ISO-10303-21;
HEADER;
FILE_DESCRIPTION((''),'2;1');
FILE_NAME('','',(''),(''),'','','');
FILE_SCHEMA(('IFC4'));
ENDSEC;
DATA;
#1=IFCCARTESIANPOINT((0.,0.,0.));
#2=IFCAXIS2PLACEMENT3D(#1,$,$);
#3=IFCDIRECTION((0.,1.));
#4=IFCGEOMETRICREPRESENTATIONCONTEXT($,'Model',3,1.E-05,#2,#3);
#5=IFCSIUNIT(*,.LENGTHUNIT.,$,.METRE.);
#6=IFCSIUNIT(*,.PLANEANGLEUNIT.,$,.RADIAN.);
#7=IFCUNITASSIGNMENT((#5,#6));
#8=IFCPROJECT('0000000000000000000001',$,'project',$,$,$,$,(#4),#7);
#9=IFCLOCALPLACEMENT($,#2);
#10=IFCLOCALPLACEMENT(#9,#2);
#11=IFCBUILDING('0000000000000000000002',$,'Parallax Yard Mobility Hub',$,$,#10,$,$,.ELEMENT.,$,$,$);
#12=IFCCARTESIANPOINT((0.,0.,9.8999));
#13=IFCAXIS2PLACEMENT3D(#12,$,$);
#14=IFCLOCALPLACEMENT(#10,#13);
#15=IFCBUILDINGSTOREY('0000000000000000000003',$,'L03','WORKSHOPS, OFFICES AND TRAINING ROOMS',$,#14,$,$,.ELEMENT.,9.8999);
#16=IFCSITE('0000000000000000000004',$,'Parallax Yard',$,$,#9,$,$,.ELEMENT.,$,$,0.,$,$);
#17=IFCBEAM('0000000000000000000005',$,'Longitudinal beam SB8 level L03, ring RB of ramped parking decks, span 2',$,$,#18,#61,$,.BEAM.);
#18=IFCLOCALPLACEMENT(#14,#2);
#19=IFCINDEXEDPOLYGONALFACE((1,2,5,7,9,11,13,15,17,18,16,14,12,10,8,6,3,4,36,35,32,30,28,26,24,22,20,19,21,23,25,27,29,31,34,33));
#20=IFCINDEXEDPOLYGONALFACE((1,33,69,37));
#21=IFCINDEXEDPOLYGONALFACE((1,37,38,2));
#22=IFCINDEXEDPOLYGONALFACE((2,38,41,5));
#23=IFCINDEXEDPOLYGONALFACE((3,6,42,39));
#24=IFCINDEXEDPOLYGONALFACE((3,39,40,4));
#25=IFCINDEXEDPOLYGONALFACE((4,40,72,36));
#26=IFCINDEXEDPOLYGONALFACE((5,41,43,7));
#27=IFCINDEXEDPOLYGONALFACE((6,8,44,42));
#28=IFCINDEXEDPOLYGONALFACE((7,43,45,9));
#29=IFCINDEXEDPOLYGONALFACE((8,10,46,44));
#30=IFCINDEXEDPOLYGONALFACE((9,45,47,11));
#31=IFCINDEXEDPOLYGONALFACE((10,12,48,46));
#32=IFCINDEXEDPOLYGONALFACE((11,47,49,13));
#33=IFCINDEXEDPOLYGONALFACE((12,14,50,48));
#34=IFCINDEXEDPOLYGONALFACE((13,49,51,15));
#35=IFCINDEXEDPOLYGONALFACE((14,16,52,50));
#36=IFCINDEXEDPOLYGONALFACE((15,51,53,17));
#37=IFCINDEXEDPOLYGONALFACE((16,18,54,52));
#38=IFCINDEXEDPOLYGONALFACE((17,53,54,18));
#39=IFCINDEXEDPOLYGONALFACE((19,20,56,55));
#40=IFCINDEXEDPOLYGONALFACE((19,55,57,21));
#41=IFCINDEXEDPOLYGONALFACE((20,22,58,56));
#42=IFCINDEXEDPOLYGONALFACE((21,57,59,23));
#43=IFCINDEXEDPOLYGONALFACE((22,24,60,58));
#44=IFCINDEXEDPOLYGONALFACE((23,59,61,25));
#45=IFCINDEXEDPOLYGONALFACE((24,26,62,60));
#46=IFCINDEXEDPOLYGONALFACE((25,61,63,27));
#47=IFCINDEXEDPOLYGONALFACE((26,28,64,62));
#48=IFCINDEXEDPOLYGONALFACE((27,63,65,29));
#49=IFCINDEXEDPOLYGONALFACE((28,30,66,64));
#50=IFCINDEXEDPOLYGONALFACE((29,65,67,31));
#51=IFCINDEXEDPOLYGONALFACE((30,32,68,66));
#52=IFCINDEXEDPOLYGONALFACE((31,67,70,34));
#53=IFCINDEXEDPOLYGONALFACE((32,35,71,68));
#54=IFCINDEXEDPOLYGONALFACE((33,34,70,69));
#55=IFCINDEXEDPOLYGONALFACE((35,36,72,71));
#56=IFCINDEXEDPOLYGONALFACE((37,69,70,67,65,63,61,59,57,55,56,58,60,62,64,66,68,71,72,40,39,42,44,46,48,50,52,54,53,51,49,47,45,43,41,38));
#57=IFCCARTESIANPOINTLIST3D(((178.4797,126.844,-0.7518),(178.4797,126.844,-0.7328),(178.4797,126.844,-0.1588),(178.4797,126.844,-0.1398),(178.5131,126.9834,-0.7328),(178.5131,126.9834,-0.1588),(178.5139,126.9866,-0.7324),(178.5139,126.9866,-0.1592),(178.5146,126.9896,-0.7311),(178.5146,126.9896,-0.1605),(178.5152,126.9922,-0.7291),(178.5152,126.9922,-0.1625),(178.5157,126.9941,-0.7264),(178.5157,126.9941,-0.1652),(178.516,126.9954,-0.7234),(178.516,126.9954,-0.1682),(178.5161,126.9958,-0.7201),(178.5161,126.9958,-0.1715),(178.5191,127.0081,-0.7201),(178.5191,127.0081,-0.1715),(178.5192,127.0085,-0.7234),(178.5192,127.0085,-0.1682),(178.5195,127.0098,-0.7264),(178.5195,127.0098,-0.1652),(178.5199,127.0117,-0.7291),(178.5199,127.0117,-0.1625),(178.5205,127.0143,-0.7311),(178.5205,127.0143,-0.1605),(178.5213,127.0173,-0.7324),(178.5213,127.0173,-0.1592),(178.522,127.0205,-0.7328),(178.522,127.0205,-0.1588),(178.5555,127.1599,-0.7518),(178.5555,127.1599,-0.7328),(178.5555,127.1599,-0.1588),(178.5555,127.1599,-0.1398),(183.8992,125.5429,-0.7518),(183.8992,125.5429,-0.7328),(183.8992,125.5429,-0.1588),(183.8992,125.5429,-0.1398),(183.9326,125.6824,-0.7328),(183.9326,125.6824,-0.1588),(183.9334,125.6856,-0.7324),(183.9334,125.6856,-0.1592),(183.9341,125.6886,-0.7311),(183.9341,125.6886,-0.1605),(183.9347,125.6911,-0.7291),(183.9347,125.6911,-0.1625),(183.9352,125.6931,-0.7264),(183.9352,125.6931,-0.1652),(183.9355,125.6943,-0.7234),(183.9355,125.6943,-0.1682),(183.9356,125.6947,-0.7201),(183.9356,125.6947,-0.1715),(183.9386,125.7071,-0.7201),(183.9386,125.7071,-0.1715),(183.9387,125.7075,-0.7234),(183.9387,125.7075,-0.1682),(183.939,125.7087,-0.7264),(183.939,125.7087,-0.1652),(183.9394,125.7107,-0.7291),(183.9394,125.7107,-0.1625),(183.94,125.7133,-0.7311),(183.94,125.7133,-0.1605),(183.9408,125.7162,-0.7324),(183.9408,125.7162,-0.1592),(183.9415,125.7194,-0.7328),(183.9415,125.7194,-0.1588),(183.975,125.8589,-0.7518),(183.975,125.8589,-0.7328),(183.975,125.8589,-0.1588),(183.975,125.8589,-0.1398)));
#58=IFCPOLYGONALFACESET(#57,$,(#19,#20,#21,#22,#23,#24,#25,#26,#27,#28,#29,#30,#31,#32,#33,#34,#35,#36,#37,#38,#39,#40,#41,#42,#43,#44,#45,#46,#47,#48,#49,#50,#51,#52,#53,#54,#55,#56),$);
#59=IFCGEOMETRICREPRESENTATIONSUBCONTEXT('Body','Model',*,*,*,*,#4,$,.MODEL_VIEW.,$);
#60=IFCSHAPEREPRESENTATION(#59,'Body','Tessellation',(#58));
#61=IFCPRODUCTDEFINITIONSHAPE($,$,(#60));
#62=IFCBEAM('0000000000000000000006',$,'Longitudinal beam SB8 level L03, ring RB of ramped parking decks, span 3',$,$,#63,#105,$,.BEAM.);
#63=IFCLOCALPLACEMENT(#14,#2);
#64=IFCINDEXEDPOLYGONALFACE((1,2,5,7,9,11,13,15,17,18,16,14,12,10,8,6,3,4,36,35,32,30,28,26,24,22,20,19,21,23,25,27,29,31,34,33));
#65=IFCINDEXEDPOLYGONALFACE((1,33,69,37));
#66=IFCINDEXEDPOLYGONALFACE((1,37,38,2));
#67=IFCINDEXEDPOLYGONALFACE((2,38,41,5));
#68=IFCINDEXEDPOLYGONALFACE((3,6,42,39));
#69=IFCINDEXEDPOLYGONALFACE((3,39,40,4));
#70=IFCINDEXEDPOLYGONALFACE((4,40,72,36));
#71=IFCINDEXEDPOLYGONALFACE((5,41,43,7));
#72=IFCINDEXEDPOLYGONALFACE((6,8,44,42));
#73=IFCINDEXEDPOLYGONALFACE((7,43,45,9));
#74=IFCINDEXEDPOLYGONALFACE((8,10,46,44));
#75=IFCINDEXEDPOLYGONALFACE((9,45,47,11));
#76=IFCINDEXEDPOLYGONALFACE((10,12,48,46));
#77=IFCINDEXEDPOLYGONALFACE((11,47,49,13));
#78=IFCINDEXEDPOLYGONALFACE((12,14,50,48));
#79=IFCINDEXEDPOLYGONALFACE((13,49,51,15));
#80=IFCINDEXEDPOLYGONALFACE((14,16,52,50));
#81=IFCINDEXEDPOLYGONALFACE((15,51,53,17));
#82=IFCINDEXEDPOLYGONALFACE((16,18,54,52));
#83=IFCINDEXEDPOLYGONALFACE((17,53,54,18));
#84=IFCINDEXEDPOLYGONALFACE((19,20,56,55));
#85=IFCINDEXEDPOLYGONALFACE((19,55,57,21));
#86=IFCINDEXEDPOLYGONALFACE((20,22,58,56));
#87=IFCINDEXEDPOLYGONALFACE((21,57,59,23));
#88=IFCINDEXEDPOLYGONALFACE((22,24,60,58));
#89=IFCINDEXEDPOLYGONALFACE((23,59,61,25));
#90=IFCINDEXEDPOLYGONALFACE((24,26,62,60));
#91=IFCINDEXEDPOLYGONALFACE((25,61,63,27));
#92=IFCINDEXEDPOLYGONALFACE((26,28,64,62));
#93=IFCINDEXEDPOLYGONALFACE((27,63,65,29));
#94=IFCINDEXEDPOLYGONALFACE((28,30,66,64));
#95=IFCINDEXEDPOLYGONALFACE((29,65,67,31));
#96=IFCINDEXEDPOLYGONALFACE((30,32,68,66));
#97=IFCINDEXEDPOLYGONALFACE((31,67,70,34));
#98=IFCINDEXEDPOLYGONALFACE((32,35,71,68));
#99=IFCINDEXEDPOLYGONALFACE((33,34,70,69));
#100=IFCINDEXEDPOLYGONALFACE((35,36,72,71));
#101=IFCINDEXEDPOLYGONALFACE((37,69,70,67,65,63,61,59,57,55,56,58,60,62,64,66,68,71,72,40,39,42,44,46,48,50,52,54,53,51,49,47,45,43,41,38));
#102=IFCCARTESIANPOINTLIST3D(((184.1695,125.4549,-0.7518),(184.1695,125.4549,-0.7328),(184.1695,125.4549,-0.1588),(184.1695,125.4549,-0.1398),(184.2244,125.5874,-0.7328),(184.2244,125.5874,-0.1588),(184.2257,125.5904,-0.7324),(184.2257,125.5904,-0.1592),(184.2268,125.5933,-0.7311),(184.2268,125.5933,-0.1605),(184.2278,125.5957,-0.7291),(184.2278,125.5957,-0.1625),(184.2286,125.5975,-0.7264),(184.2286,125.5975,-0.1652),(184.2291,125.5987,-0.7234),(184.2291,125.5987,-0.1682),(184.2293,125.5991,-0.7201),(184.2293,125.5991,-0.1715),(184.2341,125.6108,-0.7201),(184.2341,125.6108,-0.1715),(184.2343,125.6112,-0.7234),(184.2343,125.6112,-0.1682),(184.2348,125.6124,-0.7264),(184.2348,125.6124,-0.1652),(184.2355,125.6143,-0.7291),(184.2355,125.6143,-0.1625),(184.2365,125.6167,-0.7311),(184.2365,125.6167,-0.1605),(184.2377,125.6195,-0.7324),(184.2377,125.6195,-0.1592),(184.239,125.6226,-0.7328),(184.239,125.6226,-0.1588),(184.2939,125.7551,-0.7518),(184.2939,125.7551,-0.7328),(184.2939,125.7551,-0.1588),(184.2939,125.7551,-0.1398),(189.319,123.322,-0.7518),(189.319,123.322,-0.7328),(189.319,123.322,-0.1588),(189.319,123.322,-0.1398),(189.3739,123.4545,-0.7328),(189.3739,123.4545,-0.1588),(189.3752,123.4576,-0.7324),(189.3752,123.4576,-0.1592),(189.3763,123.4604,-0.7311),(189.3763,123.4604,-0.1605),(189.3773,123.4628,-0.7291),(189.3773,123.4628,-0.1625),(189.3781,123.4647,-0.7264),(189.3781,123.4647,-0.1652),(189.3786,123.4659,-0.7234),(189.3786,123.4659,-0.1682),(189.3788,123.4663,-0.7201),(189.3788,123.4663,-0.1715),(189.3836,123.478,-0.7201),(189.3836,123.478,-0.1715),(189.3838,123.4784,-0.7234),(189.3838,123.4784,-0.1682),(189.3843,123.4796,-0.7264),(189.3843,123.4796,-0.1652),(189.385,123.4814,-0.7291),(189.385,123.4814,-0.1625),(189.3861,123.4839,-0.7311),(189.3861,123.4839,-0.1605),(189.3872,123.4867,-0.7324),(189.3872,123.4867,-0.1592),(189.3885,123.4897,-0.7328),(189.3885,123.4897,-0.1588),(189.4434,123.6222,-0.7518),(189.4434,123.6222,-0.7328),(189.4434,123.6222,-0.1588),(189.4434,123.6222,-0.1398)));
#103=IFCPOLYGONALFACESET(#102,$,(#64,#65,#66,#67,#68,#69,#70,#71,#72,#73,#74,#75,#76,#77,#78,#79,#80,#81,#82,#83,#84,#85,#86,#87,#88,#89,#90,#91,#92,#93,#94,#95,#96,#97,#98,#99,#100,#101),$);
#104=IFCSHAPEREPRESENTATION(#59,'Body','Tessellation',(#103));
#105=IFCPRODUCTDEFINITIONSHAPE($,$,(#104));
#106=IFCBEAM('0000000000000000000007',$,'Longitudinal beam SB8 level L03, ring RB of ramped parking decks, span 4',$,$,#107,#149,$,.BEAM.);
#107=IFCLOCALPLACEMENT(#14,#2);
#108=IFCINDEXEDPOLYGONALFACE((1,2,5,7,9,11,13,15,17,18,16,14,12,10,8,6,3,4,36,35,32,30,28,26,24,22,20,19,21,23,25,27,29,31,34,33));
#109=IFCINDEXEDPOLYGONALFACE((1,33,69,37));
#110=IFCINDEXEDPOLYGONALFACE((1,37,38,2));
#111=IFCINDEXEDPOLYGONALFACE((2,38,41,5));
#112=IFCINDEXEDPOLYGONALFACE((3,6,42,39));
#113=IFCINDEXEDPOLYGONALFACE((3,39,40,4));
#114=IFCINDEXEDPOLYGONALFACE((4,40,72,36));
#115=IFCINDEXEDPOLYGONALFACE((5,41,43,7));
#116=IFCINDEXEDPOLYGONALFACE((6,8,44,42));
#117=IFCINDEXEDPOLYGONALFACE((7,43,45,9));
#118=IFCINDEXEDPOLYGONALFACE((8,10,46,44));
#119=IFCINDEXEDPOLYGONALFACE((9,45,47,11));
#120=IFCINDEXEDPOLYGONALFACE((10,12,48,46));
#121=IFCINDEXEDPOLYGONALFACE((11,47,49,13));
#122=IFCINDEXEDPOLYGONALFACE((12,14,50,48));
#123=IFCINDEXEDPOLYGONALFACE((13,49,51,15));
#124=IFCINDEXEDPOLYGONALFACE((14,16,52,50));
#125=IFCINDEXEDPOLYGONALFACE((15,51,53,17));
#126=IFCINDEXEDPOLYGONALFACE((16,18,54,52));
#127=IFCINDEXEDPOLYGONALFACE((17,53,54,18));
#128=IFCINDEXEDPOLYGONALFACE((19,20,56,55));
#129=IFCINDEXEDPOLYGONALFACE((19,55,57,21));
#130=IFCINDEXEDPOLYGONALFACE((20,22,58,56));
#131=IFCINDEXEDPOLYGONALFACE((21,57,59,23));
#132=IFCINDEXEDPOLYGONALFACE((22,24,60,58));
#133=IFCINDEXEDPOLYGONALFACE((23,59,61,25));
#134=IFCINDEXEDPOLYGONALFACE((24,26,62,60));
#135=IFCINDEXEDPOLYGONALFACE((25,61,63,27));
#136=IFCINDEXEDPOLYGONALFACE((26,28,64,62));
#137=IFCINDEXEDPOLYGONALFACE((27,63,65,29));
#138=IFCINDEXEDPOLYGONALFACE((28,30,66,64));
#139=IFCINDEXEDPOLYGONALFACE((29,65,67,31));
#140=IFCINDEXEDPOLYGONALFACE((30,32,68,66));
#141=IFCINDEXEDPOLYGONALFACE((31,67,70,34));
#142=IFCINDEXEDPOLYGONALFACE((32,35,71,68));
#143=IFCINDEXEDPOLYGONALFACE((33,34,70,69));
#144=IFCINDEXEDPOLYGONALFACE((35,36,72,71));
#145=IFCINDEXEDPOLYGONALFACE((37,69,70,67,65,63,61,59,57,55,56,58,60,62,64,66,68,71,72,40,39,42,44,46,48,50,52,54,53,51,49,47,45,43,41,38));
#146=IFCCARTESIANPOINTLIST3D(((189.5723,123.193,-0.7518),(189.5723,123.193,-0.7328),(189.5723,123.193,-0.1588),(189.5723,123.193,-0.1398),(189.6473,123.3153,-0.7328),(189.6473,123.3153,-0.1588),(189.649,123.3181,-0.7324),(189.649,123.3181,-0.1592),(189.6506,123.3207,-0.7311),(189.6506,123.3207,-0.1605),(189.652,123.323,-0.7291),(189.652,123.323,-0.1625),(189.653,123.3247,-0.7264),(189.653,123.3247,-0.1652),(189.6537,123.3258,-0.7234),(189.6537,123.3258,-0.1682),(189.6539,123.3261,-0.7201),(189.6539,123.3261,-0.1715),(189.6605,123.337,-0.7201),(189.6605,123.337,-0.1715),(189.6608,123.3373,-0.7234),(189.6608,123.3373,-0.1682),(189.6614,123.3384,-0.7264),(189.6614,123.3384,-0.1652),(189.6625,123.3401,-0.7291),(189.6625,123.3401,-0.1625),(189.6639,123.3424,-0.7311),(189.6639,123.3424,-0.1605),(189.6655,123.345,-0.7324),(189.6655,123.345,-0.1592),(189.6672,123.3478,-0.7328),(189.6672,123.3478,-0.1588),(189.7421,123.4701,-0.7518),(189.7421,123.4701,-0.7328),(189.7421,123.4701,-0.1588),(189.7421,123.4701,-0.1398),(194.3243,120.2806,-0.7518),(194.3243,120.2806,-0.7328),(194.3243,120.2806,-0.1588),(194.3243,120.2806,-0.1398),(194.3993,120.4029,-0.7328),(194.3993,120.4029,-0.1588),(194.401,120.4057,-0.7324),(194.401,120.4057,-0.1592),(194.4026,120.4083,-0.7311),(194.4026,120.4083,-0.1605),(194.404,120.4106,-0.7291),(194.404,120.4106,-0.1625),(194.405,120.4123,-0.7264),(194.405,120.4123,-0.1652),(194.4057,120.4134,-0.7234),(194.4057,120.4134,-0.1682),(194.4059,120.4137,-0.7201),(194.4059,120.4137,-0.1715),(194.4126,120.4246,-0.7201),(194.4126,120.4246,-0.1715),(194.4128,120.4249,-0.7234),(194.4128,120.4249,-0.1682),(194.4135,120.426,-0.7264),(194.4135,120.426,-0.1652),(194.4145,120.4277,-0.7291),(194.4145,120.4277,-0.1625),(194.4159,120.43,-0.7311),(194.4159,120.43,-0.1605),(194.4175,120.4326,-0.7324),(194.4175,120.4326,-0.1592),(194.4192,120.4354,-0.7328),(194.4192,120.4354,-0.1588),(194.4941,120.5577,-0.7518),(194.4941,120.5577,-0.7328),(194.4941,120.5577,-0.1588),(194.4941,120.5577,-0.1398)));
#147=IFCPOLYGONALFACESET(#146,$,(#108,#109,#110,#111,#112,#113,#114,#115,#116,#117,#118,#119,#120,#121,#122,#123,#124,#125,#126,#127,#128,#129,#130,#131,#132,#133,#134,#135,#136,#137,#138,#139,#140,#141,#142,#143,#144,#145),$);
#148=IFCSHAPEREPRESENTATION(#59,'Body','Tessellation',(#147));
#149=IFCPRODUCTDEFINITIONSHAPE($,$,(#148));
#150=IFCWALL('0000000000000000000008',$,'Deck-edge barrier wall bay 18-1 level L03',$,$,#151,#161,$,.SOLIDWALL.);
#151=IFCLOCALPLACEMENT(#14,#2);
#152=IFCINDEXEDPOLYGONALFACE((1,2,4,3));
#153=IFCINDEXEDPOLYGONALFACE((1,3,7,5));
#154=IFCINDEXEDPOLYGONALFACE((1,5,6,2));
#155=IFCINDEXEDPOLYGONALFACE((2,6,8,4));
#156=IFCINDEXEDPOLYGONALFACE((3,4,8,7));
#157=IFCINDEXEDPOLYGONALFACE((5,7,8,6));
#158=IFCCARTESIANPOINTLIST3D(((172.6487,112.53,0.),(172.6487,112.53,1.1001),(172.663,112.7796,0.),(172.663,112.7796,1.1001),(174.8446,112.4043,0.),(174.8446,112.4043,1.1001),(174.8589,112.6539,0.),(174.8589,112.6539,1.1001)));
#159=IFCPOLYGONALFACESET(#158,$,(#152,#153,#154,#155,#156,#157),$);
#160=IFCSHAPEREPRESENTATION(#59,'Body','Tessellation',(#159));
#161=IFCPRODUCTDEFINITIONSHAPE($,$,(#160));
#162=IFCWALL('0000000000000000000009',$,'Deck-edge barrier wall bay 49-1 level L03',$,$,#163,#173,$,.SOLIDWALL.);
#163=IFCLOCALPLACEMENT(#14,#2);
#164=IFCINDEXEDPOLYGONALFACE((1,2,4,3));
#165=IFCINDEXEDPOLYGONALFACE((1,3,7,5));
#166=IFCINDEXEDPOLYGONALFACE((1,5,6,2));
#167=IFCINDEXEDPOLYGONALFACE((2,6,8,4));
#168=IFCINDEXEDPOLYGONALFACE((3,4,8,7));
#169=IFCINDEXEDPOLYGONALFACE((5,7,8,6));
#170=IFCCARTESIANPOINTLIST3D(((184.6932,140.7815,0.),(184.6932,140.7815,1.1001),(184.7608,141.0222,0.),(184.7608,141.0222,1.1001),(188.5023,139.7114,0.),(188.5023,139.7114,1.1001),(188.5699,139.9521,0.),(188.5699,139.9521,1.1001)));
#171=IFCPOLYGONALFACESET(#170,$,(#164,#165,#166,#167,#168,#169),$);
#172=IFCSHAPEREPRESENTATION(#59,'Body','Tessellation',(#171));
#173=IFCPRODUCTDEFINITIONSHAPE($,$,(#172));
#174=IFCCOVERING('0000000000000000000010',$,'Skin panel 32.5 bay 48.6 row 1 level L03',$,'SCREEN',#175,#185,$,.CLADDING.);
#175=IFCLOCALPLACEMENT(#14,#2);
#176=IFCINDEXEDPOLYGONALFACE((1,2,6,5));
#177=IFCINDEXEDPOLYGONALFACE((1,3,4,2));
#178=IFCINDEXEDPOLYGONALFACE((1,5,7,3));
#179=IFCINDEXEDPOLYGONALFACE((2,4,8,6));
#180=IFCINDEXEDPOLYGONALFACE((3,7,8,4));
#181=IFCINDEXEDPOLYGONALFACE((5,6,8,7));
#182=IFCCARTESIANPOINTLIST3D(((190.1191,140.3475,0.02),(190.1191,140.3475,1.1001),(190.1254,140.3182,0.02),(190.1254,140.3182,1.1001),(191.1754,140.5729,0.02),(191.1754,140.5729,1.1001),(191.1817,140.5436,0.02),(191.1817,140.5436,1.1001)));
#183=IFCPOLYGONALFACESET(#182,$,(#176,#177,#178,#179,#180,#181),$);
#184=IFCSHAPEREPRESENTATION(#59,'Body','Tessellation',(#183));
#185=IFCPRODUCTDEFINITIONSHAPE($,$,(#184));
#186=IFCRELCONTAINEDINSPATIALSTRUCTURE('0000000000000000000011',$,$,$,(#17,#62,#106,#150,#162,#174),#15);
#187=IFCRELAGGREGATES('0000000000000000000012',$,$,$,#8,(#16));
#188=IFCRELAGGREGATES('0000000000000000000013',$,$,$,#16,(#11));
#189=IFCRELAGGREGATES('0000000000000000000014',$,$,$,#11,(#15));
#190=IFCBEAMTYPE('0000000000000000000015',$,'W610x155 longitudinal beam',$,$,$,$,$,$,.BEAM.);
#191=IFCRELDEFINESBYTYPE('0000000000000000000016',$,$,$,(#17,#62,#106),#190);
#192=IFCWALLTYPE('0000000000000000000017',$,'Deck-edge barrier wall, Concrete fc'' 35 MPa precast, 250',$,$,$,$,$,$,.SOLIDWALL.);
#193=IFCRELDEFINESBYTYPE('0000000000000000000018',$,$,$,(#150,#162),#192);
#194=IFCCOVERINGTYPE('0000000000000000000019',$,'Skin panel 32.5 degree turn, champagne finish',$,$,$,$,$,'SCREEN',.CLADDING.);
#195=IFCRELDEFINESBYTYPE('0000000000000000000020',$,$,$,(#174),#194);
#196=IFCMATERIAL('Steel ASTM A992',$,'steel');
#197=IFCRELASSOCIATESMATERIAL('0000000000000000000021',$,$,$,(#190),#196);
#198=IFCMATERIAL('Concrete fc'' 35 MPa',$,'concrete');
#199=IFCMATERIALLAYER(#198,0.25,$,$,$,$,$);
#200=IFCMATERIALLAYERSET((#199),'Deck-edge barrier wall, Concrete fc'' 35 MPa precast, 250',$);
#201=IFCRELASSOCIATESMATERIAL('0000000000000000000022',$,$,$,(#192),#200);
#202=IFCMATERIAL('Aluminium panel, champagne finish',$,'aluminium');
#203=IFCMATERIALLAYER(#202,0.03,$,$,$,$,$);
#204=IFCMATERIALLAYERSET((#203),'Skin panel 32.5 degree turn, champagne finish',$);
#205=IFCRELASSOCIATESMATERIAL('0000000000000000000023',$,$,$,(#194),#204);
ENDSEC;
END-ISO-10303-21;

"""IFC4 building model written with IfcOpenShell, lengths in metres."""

from ifc_helpers import new_model, si_unit, direction, frame, frame_2d, origin, origin_2d, place, context, subcontext, project, spatial, rectangle, i_section, extrude, material, layer, layer_set, material_profile, profile_set, type_object, element, save


model = new_model("IFC4")

# Units and contexts
model_context = context("Model", 3, precision=1e-05, world=origin(), true_north=direction((0.0, 1.0)))
body_context = subcontext(model_context, "Body", "Model", "MODEL_VIEW")
ifc_project = project(units=[si_unit("LENGTHUNIT", "METRE"), si_unit("PLANEANGLEUNIT", "RADIAN")], contexts=[model_context])

# Site, building, storey
site_placement = place(None, origin())
site = spatial("IfcSite", under=ifc_project, at=site_placement, Name="Parallax Yard", CompositionType="ELEMENT", RefElevation=0.0)
building_placement = place(site_placement, origin())
building = spatial("IfcBuilding", under=site, at=building_placement, Name="Parallax Yard Mobility Hub", CompositionType="ELEMENT")
storey_placement = place(building_placement, frame((0.0, 0.0, 9.8999)))
storey = spatial("IfcBuildingStorey", under=building, at=storey_placement, Name="L03", Description="WORKSHOPS, OFFICES AND TRAINING ROOMS", CompositionType="ELEMENT", Elevation=9.8999)

# Shared definitions
ifc_material_1 = material(Name="Steel ASTM A992", Category="steel")

# Beams
ifc_material_profile_1 = material_profile(ifc_material_1, i_section(OverallWidth=0.325, OverallDepth=0.6121, WebThickness=0.0127, FlangeThickness=0.019, FilletRadius=0.0127, at=origin_2d()), Name="W610x155")
ifc_profile_set_1 = profile_set([ifc_material_profile_1], Name="Steel ASTM A992")
beam_type_1 = type_object("IfcBeamType", Name="W610x155 longitudinal beam", PredefinedType="BEAM", material=ifc_profile_set_1)
beam_1_placement = place(storey_placement, frame((178.5176, 127.002, -0.4458), z_axis=(0.972373, -0.233434, 0.0), x_axis=(0.233434, 0.972373, 0.0)))
element("IfcBeam", 1, at=beam_1_placement, inside=storey, type_object=beam_type_1, Name="Longitudinal beam SB8 level L03, ring RB of ramped parking decks, span 2", PredefinedType="BEAM", context=body_context, shape_type="SweptSolid", body=[
    extrude(i_section(OverallWidth=0.325, OverallDepth=0.6121, WebThickness=0.0127, FlangeThickness=0.019, FilletRadius=0.0127, at=origin_2d()), origin(), (0.0, 0.0, 1.0), 5.5735),
])
beam_2_placement = place(storey_placement, frame((184.2317, 125.605, -0.4458), z_axis=(0.923889, -0.382661, 0.0), x_axis=(0.382661, 0.923889, 0.0)))
element("IfcBeam", 2, at=beam_2_placement, inside=storey, type_object=beam_type_1, Name="Longitudinal beam SB8 level L03, ring RB of ramped parking decks, span 3", PredefinedType="BEAM", context=body_context, shape_type="SweptSolid", body=[
    extrude(i_section(OverallWidth=0.325, OverallDepth=0.6121, WebThickness=0.0127, FlangeThickness=0.019, FilletRadius=0.0127, at=origin_2d()), origin(), (0.0, 0.0, 1.0), 5.5737),
])
beam_3_placement = place(storey_placement, frame((189.6572, 123.3315, -0.4458), z_axis=(0.852612, -0.522545, 0.0), x_axis=(0.522545, 0.852612, 0.0)))
element("IfcBeam", 3, at=beam_3_placement, inside=storey, type_object=beam_type_1, Name="Longitudinal beam SB8 level L03, ring RB of ramped parking decks, span 4", PredefinedType="BEAM", context=body_context, shape_type="SweptSolid", body=[
    extrude(i_section(OverallWidth=0.325, OverallDepth=0.6121, WebThickness=0.0127, FlangeThickness=0.019, FilletRadius=0.0127, at=origin_2d()), origin(), (0.0, 0.0, 1.0), 5.5735),
])

# Walls
ifc_material_2 = material(Name="Concrete fc' 35 MPa", Category="concrete")
ifc_layer_1 = layer(ifc_material_2, 0.25)
ifc_layer_set_1 = layer_set([ifc_layer_1], Name="Deck-edge barrier wall, Concrete fc' 35 MPa precast, 250")
wall_type = type_object("IfcWallType", Name="Deck-edge barrier wall, Concrete fc' 35 MPa precast, 250", PredefinedType="SOLIDWALL", material=ifc_layer_set_1)
wall_1_placement = place(storey_placement, frame((172.656, 112.6548, 0.0), z_axis=(0.0, 0.0, 1.0), x_axis=(0.998365, -0.057167, 0.0)))
element("IfcWall", 4, at=wall_1_placement, inside=storey, type_object=wall_type, Name="Deck-edge barrier wall bay 18-1 level L03", PredefinedType="SOLIDWALL", context=body_context, shape_type="SweptSolid", body=[
    extrude(rectangle(XDim=2.1995, YDim=0.25, at=frame_2d((1.0996, 0.0))), origin(), (0.0, 0.0, 1.0), 1.1001),
])
wall_2_placement = place(storey_placement, frame((188.5361, 139.8318, 0.0), z_axis=(0.0, 0.0, 1.0), x_axis=(-0.962732, 0.270456, 0.0)))
element("IfcWall", 5, at=wall_2_placement, inside=storey, type_object=wall_type, Name="Deck-edge barrier wall bay 49-1 level L03", PredefinedType="SOLIDWALL", context=body_context, shape_type="SweptSolid", body=[
    extrude(rectangle(XDim=3.9565, YDim=0.25, at=frame_2d((1.9783, 0.0))), origin(), (0.0, 0.0, 1.0), 1.1001),
])

# Covering
ifc_material_3 = material(Name="Aluminium panel, champagne finish", Category="aluminium")
ifc_layer_2 = layer(ifc_material_3, 0.03)
ifc_layer_set_2 = layer_set([ifc_layer_2], Name="Skin panel 32.5 degree turn, champagne finish")
covering_type_1 = type_object("IfcCoveringType", Name="Skin panel 32.5 degree turn, champagne finish", ElementType="SCREEN", PredefinedType="CLADDING", material=ifc_layer_set_2)
covering_placement = place(storey_placement, frame((190.6504, 140.4456, 0.02), z_axis=(0.0, 0.0, 1.0), x_axis=(0.977982, 0.208688, 0.0)))
element("IfcCovering", 6, at=covering_placement, inside=storey, type_object=covering_type_1, Name="Skin panel 32.5 bay 48.6 row 1 level L03", ObjectType="SCREEN", PredefinedType="CLADDING", context=body_context, shape_type="SweptSolid", body=[
    extrude(rectangle(XDim=1.0801, YDim=0.03, at=origin_2d()), origin(), (0.0, 0.0, 1.0), 1.0801),
])

save(model, "model.ifc")
